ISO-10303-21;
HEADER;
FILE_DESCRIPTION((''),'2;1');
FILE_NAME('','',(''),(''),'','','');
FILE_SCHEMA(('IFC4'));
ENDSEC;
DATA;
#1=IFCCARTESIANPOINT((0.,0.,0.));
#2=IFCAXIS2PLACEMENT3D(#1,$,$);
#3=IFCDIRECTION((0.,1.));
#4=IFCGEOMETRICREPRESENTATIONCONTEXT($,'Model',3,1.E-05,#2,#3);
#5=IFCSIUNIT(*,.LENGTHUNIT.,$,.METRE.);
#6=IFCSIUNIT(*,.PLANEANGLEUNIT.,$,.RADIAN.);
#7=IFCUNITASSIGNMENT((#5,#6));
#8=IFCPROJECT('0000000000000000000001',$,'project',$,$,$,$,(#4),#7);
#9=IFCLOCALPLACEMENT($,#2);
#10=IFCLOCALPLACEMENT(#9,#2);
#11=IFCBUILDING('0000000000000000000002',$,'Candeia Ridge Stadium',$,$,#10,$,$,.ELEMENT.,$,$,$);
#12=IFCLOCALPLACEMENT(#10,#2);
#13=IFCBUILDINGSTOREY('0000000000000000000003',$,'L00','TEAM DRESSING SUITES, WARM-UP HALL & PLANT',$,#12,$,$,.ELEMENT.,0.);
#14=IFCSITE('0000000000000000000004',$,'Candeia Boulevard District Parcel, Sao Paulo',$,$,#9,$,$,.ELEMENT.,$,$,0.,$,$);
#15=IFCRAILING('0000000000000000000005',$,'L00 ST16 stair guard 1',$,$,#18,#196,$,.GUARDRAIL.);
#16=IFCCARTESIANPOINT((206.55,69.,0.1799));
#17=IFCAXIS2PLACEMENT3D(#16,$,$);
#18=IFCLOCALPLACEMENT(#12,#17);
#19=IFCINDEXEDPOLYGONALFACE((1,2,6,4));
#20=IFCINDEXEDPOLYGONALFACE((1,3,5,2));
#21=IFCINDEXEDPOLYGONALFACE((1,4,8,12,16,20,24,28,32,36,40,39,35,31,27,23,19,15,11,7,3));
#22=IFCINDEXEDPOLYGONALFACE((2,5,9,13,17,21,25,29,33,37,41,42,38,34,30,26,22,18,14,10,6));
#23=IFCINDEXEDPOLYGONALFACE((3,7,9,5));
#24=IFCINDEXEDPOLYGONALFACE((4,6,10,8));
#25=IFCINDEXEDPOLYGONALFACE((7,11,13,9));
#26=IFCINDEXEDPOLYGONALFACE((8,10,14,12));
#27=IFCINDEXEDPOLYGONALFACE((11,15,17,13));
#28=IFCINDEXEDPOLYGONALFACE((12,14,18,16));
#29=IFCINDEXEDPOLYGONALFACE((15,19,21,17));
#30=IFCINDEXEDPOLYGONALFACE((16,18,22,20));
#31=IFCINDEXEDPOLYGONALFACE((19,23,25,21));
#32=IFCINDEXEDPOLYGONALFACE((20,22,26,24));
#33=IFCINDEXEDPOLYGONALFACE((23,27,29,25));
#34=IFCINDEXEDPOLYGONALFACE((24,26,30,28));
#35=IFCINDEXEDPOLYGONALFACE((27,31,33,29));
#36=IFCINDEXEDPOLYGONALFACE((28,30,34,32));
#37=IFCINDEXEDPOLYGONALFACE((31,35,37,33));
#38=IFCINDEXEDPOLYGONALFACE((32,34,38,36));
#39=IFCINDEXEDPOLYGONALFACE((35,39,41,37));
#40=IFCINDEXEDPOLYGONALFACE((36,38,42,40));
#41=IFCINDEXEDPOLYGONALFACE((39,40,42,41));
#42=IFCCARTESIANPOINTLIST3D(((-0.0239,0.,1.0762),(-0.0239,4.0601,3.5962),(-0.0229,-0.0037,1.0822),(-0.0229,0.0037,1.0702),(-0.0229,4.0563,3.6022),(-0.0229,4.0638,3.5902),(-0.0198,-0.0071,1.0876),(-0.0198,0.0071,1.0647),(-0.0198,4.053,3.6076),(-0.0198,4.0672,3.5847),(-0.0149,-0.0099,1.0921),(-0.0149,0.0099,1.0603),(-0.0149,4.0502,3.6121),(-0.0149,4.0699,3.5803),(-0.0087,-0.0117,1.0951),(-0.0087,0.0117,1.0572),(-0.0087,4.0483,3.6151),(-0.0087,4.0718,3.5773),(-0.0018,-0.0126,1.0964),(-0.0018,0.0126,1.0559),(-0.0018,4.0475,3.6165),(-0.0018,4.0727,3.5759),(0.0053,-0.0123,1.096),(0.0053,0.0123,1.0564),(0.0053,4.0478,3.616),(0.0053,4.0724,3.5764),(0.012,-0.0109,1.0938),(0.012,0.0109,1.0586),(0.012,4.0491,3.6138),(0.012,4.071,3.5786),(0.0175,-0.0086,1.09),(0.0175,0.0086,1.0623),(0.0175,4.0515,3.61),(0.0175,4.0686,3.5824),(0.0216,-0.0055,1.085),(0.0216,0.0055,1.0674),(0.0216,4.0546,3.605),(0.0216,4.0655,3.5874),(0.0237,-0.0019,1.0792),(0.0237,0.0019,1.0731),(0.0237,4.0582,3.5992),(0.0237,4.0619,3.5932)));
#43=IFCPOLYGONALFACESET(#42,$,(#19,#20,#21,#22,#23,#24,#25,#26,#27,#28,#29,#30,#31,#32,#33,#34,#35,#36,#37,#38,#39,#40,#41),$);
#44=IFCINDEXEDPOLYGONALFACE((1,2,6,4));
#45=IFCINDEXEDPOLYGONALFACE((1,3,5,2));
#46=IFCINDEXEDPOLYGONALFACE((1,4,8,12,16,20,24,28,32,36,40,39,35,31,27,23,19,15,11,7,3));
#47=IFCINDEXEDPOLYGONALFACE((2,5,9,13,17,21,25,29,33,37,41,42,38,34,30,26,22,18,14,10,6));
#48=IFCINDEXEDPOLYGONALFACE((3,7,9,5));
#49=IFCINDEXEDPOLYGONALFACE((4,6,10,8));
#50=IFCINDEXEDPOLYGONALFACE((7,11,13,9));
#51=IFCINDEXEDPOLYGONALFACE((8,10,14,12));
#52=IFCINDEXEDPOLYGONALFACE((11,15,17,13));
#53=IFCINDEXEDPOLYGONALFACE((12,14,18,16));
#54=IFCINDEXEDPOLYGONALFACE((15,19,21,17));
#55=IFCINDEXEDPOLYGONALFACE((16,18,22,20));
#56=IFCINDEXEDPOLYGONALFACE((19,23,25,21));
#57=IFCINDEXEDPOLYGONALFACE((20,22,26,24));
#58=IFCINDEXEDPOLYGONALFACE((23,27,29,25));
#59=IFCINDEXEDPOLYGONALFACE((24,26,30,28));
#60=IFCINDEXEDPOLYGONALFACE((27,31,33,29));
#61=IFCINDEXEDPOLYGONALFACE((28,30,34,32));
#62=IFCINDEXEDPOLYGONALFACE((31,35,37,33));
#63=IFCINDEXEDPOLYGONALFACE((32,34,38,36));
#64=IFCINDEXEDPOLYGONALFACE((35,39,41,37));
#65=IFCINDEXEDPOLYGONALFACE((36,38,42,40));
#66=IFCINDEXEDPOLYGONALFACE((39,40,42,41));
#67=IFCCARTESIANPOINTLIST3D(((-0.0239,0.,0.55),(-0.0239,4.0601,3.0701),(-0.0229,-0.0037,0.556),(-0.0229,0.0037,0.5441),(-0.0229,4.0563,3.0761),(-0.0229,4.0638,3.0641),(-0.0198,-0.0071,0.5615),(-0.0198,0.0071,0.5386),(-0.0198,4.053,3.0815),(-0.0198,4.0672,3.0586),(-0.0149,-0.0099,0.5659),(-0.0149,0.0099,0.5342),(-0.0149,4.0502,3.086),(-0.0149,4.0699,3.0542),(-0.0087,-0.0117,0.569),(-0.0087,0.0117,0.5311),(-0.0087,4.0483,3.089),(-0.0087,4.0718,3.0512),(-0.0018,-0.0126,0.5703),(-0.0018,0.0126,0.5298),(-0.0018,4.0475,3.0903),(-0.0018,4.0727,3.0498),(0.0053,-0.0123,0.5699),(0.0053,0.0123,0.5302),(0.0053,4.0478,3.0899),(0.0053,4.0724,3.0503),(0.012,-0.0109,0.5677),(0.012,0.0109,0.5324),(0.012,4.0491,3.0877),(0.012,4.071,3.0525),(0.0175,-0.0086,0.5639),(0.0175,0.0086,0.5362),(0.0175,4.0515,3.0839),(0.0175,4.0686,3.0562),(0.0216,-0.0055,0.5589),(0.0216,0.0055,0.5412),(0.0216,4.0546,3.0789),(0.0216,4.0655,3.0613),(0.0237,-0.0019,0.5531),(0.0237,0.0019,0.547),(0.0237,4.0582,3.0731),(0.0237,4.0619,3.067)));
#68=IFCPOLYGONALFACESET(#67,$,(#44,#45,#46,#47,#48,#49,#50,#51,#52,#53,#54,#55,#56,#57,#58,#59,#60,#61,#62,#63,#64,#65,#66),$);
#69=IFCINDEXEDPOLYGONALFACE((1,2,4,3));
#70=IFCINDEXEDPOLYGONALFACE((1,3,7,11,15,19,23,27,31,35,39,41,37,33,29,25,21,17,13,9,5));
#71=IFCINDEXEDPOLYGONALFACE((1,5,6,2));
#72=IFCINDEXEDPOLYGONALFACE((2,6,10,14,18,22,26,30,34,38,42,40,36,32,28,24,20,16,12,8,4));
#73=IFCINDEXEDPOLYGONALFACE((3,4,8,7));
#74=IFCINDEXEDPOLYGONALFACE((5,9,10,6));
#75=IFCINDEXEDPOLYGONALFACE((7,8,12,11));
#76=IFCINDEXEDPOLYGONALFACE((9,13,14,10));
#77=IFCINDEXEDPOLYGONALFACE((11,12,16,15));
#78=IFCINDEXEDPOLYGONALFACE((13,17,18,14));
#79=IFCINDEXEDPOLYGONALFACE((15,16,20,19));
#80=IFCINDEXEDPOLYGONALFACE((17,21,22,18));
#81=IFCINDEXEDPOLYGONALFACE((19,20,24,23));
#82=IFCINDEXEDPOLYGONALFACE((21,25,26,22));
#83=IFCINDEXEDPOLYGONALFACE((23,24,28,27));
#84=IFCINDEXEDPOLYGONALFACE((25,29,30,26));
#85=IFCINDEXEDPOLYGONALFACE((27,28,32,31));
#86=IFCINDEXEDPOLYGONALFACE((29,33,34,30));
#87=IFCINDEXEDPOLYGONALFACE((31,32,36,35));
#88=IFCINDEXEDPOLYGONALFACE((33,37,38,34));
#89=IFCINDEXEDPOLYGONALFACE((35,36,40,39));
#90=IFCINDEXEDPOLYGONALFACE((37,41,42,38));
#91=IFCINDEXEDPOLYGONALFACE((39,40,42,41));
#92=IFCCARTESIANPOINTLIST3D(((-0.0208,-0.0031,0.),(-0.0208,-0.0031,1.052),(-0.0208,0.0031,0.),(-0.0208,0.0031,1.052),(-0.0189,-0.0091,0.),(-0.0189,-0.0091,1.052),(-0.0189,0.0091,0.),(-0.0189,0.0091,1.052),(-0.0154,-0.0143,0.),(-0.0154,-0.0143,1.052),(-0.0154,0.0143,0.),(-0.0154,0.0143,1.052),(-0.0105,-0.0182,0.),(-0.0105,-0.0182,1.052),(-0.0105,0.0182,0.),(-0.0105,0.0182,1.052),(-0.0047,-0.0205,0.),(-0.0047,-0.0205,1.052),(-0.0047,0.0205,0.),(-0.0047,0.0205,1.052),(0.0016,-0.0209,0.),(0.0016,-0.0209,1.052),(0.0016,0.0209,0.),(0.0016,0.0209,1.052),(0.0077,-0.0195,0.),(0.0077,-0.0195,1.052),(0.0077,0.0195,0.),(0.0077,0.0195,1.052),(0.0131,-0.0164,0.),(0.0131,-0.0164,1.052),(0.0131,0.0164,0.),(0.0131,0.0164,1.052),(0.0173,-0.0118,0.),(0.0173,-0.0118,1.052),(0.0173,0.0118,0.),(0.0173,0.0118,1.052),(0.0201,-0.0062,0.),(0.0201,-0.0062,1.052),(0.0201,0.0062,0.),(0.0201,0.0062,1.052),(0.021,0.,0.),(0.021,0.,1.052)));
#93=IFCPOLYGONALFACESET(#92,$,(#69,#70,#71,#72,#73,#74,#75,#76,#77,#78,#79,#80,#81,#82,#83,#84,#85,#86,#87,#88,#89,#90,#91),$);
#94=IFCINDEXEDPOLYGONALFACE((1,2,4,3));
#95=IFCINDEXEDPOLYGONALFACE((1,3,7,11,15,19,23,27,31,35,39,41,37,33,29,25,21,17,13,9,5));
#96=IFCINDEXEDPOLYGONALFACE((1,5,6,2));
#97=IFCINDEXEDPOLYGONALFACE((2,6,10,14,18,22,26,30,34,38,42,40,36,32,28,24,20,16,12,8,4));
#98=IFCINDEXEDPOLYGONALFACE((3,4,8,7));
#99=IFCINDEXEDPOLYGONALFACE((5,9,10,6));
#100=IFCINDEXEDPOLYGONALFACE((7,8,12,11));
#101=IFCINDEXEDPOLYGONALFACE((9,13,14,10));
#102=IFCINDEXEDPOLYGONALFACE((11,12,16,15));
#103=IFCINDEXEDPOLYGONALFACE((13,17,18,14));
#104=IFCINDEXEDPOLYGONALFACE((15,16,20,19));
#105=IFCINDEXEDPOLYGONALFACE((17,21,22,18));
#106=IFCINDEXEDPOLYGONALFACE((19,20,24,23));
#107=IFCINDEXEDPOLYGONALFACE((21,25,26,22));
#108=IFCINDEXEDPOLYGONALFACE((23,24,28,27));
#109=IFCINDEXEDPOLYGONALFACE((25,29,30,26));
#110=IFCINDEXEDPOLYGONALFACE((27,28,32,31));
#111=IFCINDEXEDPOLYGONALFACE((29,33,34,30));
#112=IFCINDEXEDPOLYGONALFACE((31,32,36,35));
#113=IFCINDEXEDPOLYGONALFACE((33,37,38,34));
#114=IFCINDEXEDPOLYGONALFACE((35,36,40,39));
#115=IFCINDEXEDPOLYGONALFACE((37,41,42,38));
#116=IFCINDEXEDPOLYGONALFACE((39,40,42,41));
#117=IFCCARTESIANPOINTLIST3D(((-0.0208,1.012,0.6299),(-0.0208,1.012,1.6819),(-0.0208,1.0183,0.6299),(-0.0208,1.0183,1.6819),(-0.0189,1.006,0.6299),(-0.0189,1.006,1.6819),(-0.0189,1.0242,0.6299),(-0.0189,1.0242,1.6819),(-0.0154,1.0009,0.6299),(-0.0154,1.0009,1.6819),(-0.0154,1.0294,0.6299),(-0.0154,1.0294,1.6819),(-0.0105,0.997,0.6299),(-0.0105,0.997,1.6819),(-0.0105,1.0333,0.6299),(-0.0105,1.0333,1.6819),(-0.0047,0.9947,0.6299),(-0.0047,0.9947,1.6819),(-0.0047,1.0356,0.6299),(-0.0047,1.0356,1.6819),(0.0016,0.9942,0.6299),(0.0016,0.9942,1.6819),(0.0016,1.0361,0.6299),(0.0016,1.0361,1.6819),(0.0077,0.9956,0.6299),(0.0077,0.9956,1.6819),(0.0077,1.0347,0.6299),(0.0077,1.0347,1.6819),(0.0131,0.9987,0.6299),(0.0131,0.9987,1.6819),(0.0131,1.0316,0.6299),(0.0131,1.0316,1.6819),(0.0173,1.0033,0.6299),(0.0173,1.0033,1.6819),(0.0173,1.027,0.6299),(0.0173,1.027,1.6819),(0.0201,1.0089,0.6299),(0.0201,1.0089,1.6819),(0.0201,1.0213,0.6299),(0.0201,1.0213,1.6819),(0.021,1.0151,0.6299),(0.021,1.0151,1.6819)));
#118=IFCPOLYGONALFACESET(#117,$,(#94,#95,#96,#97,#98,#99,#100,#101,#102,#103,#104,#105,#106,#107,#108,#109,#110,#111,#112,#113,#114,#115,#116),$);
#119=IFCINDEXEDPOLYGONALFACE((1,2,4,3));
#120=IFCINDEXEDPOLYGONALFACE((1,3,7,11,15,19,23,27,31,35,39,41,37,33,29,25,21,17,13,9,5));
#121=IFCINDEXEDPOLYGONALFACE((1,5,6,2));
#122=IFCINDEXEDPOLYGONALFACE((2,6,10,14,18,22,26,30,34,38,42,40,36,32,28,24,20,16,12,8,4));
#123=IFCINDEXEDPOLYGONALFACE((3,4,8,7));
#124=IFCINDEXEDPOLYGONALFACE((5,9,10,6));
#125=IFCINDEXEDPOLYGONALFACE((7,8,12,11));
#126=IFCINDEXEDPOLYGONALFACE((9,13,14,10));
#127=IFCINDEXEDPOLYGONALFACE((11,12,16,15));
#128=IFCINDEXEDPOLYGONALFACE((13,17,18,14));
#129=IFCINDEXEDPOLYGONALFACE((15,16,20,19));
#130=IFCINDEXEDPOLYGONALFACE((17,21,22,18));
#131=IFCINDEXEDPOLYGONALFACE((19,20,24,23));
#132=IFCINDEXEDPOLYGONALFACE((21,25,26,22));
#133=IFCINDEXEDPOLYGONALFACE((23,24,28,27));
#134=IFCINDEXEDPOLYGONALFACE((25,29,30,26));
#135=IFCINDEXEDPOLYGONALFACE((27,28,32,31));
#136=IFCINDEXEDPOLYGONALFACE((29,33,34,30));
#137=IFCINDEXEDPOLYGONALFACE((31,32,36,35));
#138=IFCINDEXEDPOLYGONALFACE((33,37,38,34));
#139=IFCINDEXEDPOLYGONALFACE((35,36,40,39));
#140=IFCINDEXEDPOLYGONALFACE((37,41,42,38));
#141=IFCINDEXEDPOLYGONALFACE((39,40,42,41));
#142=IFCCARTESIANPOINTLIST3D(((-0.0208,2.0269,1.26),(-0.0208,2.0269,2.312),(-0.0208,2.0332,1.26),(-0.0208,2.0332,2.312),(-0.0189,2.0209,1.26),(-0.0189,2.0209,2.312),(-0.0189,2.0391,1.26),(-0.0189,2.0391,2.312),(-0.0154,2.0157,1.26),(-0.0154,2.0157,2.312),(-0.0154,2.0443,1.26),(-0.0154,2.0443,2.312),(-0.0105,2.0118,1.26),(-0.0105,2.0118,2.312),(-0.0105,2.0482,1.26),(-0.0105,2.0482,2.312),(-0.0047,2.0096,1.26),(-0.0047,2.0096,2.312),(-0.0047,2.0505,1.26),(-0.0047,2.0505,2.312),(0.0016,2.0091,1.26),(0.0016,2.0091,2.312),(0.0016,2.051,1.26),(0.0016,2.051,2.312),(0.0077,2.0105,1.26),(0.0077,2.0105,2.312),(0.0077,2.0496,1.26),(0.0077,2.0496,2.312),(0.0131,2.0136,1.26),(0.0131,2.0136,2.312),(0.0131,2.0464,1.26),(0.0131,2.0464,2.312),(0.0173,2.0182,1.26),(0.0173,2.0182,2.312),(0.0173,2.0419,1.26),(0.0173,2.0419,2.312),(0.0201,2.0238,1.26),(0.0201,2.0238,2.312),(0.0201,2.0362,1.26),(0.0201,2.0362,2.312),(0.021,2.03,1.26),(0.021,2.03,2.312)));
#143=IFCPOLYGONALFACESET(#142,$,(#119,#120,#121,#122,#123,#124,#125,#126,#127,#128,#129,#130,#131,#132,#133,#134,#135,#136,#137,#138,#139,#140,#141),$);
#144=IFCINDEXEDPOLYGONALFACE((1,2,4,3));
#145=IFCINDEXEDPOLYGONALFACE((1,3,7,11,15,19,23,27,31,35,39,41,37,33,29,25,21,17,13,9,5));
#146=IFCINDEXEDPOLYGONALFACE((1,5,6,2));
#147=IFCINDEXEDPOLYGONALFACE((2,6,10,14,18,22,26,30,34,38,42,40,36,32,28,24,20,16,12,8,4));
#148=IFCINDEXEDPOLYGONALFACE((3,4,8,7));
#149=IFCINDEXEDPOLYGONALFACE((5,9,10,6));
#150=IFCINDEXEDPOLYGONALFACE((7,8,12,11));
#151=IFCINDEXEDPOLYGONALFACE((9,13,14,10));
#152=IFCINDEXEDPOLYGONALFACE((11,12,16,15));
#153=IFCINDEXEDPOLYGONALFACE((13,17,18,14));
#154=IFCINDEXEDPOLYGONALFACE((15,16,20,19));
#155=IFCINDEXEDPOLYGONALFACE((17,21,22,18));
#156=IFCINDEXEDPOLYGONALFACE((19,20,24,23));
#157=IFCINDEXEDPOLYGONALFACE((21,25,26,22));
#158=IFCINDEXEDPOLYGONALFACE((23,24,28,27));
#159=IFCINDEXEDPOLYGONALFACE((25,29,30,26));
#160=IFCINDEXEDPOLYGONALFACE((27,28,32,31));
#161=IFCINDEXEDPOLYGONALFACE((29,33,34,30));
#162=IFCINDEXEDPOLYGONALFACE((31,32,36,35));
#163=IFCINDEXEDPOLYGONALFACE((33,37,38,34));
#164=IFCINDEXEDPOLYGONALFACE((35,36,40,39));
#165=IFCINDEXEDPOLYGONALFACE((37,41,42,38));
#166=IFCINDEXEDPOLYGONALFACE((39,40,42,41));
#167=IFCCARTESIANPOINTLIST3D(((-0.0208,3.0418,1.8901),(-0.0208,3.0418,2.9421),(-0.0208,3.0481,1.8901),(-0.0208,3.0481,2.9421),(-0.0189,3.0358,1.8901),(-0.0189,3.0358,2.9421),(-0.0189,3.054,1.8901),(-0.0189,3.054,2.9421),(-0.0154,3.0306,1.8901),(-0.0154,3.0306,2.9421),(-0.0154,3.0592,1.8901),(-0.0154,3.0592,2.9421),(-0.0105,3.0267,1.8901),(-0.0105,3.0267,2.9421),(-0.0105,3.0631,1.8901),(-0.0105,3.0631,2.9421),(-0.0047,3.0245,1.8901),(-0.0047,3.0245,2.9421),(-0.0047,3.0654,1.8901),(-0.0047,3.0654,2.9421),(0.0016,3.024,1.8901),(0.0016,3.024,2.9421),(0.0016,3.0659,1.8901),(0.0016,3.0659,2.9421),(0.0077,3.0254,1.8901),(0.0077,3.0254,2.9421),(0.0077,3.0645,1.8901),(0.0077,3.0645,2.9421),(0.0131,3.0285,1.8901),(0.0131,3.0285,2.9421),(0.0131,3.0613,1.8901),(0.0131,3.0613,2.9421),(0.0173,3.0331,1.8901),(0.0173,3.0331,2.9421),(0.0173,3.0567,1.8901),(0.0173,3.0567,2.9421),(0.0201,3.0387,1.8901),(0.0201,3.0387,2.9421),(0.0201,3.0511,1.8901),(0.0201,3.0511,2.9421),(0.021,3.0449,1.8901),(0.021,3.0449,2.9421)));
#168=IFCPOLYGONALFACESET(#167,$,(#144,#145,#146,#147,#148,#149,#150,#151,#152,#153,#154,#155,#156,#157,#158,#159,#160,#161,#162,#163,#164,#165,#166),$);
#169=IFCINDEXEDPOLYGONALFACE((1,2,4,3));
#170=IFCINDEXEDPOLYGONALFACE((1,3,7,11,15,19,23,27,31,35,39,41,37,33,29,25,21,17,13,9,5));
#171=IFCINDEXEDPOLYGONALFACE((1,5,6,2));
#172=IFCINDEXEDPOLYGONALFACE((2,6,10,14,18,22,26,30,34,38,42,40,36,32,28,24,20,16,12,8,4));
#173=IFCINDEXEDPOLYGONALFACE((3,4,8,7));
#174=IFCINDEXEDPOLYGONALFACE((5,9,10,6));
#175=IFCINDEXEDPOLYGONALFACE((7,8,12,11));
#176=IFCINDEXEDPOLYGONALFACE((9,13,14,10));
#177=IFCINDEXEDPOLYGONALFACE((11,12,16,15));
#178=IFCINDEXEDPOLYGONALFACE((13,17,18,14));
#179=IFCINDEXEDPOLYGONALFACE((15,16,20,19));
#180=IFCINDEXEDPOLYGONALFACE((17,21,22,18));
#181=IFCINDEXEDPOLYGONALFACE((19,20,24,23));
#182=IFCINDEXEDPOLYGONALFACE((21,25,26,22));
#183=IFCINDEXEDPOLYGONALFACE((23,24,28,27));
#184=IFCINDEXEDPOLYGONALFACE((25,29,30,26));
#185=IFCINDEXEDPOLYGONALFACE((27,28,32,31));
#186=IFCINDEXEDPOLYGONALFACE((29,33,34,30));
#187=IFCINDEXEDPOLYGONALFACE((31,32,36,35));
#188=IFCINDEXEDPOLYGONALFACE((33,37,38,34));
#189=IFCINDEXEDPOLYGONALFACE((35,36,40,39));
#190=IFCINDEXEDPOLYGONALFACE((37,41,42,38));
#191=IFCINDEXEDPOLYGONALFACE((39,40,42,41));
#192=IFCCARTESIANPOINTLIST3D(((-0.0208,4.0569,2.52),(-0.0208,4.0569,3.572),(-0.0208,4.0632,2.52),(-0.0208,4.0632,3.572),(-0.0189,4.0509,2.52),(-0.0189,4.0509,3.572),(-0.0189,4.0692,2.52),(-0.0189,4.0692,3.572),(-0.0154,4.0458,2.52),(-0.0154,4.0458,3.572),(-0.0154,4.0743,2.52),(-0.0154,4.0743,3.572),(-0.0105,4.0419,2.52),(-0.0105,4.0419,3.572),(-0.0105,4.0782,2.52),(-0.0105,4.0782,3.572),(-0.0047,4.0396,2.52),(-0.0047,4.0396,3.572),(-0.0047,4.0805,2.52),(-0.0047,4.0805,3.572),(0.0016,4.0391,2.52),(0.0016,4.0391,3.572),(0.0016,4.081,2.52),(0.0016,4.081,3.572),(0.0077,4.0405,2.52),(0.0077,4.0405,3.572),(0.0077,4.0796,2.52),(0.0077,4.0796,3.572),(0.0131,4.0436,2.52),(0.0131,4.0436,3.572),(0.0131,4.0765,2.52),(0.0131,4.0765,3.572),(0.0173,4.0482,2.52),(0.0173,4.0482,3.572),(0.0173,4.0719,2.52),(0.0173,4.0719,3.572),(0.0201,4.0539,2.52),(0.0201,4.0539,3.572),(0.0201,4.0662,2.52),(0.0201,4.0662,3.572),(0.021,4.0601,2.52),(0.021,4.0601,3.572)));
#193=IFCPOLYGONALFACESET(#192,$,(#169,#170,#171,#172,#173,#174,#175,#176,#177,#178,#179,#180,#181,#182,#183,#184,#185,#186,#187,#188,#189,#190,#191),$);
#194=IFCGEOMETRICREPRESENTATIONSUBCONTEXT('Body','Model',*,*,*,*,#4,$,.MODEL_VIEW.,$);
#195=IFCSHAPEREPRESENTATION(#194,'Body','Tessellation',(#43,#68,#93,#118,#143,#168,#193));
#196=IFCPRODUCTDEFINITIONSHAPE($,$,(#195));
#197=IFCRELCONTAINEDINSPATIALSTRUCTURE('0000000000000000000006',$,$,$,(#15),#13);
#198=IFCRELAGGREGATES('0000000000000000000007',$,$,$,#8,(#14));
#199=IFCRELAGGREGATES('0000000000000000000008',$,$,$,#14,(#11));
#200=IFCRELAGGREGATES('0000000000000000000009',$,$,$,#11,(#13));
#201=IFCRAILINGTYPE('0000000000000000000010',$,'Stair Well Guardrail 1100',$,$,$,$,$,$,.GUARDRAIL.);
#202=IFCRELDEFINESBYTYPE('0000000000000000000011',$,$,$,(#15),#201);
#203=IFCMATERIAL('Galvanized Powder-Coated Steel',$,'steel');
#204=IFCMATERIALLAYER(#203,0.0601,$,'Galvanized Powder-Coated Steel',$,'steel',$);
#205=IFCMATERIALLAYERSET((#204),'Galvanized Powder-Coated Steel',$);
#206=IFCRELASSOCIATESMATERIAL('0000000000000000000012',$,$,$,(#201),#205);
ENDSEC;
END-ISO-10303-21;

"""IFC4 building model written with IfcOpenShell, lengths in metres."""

from ifc_helpers import new_model, si_unit, direction, frame, origin, origin_2d, place, context, subcontext, project, spatial, circle, extrude, material, layer, layer_set, type_object, element, save


model = new_model("IFC4")

# Units and contexts
model_context = context("Model", 3, precision=1e-05, world=origin(), true_north=direction((0.0, 1.0)))
body_context = subcontext(model_context, "Body", "Model", "MODEL_VIEW")
ifc_project = project(units=[si_unit("LENGTHUNIT", "METRE"), si_unit("PLANEANGLEUNIT", "RADIAN")], contexts=[model_context])

# Site, building, storey
site_placement = place(None, origin())
site = spatial("IfcSite", under=ifc_project, at=site_placement, Name="Candeia Boulevard District Parcel, Sao Paulo", CompositionType="ELEMENT", RefElevation=0.0)
building_placement = place(site_placement, origin())
building = spatial("IfcBuilding", under=site, at=building_placement, Name="Candeia Ridge Stadium", CompositionType="ELEMENT")
storey_placement = place(building_placement, origin())
storey = spatial("IfcBuildingStorey", under=building, at=storey_placement, Name="L00", Description="TEAM DRESSING SUITES, WARM-UP HALL & PLANT", CompositionType="ELEMENT", Elevation=0.0)

# Railing
ifc_material_1 = material(Name="Galvanized Powder-Coated Steel", Category="steel")
ifc_layer_1 = layer(ifc_material_1, 0.0601, Name="Galvanized Powder-Coated Steel", Category="steel")
ifc_layer_set_1 = layer_set([ifc_layer_1], Name="Galvanized Powder-Coated Steel")
railing_type_1 = type_object("IfcRailingType", Name="Stair Well Guardrail 1100", PredefinedType="GUARDRAIL", material=ifc_layer_set_1)
railing_1_placement = place(storey_placement, frame((206.55, 69.0, 0.1799)))
element("IfcRailing", 1, at=railing_1_placement, inside=storey, type_object=railing_type_1, Name="L00 ST16 stair guard 1", PredefinedType="GUARDRAIL", context=body_context, shape_type="SweptSolid", body=[
    extrude(circle(Radius=0.0239, at=origin_2d()), frame((0.0, 0.0, 1.0762), z_axis=(0.0, 0.849642, 0.52736), x_axis=(-1.0, 0.0, 0.0)), (0.0, 0.0, 1.0), 4.7786),
    extrude(circle(Radius=0.0239, at=origin_2d()), frame((0.0, 0.0, 0.55), z_axis=(0.0, 0.849642, 0.52736), x_axis=(-1.0, 0.0, 0.0)), (0.0, 0.0, 1.0), 4.7786),
    extrude(circle(Radius=0.021, at=origin_2d()), origin(), (0.0, 0.0, 1.0), 1.052),
    extrude(circle(Radius=0.021, at=origin_2d()), frame((0.0, 1.0151, 0.6299)), (0.0, 0.0, 1.0), 1.052),
    extrude(circle(Radius=0.021, at=origin_2d()), frame((0.0, 2.03, 1.26)), (0.0, 0.0, 1.0), 1.052),
    extrude(circle(Radius=0.021, at=origin_2d()), frame((0.0, 3.0449, 1.8901)), (0.0, 0.0, 1.0), 1.052),
    extrude(circle(Radius=0.021, at=origin_2d()), frame((0.0, 4.0601, 2.52)), (0.0, 0.0, 1.0), 1.052),
])

save(model, "model.ifc")
